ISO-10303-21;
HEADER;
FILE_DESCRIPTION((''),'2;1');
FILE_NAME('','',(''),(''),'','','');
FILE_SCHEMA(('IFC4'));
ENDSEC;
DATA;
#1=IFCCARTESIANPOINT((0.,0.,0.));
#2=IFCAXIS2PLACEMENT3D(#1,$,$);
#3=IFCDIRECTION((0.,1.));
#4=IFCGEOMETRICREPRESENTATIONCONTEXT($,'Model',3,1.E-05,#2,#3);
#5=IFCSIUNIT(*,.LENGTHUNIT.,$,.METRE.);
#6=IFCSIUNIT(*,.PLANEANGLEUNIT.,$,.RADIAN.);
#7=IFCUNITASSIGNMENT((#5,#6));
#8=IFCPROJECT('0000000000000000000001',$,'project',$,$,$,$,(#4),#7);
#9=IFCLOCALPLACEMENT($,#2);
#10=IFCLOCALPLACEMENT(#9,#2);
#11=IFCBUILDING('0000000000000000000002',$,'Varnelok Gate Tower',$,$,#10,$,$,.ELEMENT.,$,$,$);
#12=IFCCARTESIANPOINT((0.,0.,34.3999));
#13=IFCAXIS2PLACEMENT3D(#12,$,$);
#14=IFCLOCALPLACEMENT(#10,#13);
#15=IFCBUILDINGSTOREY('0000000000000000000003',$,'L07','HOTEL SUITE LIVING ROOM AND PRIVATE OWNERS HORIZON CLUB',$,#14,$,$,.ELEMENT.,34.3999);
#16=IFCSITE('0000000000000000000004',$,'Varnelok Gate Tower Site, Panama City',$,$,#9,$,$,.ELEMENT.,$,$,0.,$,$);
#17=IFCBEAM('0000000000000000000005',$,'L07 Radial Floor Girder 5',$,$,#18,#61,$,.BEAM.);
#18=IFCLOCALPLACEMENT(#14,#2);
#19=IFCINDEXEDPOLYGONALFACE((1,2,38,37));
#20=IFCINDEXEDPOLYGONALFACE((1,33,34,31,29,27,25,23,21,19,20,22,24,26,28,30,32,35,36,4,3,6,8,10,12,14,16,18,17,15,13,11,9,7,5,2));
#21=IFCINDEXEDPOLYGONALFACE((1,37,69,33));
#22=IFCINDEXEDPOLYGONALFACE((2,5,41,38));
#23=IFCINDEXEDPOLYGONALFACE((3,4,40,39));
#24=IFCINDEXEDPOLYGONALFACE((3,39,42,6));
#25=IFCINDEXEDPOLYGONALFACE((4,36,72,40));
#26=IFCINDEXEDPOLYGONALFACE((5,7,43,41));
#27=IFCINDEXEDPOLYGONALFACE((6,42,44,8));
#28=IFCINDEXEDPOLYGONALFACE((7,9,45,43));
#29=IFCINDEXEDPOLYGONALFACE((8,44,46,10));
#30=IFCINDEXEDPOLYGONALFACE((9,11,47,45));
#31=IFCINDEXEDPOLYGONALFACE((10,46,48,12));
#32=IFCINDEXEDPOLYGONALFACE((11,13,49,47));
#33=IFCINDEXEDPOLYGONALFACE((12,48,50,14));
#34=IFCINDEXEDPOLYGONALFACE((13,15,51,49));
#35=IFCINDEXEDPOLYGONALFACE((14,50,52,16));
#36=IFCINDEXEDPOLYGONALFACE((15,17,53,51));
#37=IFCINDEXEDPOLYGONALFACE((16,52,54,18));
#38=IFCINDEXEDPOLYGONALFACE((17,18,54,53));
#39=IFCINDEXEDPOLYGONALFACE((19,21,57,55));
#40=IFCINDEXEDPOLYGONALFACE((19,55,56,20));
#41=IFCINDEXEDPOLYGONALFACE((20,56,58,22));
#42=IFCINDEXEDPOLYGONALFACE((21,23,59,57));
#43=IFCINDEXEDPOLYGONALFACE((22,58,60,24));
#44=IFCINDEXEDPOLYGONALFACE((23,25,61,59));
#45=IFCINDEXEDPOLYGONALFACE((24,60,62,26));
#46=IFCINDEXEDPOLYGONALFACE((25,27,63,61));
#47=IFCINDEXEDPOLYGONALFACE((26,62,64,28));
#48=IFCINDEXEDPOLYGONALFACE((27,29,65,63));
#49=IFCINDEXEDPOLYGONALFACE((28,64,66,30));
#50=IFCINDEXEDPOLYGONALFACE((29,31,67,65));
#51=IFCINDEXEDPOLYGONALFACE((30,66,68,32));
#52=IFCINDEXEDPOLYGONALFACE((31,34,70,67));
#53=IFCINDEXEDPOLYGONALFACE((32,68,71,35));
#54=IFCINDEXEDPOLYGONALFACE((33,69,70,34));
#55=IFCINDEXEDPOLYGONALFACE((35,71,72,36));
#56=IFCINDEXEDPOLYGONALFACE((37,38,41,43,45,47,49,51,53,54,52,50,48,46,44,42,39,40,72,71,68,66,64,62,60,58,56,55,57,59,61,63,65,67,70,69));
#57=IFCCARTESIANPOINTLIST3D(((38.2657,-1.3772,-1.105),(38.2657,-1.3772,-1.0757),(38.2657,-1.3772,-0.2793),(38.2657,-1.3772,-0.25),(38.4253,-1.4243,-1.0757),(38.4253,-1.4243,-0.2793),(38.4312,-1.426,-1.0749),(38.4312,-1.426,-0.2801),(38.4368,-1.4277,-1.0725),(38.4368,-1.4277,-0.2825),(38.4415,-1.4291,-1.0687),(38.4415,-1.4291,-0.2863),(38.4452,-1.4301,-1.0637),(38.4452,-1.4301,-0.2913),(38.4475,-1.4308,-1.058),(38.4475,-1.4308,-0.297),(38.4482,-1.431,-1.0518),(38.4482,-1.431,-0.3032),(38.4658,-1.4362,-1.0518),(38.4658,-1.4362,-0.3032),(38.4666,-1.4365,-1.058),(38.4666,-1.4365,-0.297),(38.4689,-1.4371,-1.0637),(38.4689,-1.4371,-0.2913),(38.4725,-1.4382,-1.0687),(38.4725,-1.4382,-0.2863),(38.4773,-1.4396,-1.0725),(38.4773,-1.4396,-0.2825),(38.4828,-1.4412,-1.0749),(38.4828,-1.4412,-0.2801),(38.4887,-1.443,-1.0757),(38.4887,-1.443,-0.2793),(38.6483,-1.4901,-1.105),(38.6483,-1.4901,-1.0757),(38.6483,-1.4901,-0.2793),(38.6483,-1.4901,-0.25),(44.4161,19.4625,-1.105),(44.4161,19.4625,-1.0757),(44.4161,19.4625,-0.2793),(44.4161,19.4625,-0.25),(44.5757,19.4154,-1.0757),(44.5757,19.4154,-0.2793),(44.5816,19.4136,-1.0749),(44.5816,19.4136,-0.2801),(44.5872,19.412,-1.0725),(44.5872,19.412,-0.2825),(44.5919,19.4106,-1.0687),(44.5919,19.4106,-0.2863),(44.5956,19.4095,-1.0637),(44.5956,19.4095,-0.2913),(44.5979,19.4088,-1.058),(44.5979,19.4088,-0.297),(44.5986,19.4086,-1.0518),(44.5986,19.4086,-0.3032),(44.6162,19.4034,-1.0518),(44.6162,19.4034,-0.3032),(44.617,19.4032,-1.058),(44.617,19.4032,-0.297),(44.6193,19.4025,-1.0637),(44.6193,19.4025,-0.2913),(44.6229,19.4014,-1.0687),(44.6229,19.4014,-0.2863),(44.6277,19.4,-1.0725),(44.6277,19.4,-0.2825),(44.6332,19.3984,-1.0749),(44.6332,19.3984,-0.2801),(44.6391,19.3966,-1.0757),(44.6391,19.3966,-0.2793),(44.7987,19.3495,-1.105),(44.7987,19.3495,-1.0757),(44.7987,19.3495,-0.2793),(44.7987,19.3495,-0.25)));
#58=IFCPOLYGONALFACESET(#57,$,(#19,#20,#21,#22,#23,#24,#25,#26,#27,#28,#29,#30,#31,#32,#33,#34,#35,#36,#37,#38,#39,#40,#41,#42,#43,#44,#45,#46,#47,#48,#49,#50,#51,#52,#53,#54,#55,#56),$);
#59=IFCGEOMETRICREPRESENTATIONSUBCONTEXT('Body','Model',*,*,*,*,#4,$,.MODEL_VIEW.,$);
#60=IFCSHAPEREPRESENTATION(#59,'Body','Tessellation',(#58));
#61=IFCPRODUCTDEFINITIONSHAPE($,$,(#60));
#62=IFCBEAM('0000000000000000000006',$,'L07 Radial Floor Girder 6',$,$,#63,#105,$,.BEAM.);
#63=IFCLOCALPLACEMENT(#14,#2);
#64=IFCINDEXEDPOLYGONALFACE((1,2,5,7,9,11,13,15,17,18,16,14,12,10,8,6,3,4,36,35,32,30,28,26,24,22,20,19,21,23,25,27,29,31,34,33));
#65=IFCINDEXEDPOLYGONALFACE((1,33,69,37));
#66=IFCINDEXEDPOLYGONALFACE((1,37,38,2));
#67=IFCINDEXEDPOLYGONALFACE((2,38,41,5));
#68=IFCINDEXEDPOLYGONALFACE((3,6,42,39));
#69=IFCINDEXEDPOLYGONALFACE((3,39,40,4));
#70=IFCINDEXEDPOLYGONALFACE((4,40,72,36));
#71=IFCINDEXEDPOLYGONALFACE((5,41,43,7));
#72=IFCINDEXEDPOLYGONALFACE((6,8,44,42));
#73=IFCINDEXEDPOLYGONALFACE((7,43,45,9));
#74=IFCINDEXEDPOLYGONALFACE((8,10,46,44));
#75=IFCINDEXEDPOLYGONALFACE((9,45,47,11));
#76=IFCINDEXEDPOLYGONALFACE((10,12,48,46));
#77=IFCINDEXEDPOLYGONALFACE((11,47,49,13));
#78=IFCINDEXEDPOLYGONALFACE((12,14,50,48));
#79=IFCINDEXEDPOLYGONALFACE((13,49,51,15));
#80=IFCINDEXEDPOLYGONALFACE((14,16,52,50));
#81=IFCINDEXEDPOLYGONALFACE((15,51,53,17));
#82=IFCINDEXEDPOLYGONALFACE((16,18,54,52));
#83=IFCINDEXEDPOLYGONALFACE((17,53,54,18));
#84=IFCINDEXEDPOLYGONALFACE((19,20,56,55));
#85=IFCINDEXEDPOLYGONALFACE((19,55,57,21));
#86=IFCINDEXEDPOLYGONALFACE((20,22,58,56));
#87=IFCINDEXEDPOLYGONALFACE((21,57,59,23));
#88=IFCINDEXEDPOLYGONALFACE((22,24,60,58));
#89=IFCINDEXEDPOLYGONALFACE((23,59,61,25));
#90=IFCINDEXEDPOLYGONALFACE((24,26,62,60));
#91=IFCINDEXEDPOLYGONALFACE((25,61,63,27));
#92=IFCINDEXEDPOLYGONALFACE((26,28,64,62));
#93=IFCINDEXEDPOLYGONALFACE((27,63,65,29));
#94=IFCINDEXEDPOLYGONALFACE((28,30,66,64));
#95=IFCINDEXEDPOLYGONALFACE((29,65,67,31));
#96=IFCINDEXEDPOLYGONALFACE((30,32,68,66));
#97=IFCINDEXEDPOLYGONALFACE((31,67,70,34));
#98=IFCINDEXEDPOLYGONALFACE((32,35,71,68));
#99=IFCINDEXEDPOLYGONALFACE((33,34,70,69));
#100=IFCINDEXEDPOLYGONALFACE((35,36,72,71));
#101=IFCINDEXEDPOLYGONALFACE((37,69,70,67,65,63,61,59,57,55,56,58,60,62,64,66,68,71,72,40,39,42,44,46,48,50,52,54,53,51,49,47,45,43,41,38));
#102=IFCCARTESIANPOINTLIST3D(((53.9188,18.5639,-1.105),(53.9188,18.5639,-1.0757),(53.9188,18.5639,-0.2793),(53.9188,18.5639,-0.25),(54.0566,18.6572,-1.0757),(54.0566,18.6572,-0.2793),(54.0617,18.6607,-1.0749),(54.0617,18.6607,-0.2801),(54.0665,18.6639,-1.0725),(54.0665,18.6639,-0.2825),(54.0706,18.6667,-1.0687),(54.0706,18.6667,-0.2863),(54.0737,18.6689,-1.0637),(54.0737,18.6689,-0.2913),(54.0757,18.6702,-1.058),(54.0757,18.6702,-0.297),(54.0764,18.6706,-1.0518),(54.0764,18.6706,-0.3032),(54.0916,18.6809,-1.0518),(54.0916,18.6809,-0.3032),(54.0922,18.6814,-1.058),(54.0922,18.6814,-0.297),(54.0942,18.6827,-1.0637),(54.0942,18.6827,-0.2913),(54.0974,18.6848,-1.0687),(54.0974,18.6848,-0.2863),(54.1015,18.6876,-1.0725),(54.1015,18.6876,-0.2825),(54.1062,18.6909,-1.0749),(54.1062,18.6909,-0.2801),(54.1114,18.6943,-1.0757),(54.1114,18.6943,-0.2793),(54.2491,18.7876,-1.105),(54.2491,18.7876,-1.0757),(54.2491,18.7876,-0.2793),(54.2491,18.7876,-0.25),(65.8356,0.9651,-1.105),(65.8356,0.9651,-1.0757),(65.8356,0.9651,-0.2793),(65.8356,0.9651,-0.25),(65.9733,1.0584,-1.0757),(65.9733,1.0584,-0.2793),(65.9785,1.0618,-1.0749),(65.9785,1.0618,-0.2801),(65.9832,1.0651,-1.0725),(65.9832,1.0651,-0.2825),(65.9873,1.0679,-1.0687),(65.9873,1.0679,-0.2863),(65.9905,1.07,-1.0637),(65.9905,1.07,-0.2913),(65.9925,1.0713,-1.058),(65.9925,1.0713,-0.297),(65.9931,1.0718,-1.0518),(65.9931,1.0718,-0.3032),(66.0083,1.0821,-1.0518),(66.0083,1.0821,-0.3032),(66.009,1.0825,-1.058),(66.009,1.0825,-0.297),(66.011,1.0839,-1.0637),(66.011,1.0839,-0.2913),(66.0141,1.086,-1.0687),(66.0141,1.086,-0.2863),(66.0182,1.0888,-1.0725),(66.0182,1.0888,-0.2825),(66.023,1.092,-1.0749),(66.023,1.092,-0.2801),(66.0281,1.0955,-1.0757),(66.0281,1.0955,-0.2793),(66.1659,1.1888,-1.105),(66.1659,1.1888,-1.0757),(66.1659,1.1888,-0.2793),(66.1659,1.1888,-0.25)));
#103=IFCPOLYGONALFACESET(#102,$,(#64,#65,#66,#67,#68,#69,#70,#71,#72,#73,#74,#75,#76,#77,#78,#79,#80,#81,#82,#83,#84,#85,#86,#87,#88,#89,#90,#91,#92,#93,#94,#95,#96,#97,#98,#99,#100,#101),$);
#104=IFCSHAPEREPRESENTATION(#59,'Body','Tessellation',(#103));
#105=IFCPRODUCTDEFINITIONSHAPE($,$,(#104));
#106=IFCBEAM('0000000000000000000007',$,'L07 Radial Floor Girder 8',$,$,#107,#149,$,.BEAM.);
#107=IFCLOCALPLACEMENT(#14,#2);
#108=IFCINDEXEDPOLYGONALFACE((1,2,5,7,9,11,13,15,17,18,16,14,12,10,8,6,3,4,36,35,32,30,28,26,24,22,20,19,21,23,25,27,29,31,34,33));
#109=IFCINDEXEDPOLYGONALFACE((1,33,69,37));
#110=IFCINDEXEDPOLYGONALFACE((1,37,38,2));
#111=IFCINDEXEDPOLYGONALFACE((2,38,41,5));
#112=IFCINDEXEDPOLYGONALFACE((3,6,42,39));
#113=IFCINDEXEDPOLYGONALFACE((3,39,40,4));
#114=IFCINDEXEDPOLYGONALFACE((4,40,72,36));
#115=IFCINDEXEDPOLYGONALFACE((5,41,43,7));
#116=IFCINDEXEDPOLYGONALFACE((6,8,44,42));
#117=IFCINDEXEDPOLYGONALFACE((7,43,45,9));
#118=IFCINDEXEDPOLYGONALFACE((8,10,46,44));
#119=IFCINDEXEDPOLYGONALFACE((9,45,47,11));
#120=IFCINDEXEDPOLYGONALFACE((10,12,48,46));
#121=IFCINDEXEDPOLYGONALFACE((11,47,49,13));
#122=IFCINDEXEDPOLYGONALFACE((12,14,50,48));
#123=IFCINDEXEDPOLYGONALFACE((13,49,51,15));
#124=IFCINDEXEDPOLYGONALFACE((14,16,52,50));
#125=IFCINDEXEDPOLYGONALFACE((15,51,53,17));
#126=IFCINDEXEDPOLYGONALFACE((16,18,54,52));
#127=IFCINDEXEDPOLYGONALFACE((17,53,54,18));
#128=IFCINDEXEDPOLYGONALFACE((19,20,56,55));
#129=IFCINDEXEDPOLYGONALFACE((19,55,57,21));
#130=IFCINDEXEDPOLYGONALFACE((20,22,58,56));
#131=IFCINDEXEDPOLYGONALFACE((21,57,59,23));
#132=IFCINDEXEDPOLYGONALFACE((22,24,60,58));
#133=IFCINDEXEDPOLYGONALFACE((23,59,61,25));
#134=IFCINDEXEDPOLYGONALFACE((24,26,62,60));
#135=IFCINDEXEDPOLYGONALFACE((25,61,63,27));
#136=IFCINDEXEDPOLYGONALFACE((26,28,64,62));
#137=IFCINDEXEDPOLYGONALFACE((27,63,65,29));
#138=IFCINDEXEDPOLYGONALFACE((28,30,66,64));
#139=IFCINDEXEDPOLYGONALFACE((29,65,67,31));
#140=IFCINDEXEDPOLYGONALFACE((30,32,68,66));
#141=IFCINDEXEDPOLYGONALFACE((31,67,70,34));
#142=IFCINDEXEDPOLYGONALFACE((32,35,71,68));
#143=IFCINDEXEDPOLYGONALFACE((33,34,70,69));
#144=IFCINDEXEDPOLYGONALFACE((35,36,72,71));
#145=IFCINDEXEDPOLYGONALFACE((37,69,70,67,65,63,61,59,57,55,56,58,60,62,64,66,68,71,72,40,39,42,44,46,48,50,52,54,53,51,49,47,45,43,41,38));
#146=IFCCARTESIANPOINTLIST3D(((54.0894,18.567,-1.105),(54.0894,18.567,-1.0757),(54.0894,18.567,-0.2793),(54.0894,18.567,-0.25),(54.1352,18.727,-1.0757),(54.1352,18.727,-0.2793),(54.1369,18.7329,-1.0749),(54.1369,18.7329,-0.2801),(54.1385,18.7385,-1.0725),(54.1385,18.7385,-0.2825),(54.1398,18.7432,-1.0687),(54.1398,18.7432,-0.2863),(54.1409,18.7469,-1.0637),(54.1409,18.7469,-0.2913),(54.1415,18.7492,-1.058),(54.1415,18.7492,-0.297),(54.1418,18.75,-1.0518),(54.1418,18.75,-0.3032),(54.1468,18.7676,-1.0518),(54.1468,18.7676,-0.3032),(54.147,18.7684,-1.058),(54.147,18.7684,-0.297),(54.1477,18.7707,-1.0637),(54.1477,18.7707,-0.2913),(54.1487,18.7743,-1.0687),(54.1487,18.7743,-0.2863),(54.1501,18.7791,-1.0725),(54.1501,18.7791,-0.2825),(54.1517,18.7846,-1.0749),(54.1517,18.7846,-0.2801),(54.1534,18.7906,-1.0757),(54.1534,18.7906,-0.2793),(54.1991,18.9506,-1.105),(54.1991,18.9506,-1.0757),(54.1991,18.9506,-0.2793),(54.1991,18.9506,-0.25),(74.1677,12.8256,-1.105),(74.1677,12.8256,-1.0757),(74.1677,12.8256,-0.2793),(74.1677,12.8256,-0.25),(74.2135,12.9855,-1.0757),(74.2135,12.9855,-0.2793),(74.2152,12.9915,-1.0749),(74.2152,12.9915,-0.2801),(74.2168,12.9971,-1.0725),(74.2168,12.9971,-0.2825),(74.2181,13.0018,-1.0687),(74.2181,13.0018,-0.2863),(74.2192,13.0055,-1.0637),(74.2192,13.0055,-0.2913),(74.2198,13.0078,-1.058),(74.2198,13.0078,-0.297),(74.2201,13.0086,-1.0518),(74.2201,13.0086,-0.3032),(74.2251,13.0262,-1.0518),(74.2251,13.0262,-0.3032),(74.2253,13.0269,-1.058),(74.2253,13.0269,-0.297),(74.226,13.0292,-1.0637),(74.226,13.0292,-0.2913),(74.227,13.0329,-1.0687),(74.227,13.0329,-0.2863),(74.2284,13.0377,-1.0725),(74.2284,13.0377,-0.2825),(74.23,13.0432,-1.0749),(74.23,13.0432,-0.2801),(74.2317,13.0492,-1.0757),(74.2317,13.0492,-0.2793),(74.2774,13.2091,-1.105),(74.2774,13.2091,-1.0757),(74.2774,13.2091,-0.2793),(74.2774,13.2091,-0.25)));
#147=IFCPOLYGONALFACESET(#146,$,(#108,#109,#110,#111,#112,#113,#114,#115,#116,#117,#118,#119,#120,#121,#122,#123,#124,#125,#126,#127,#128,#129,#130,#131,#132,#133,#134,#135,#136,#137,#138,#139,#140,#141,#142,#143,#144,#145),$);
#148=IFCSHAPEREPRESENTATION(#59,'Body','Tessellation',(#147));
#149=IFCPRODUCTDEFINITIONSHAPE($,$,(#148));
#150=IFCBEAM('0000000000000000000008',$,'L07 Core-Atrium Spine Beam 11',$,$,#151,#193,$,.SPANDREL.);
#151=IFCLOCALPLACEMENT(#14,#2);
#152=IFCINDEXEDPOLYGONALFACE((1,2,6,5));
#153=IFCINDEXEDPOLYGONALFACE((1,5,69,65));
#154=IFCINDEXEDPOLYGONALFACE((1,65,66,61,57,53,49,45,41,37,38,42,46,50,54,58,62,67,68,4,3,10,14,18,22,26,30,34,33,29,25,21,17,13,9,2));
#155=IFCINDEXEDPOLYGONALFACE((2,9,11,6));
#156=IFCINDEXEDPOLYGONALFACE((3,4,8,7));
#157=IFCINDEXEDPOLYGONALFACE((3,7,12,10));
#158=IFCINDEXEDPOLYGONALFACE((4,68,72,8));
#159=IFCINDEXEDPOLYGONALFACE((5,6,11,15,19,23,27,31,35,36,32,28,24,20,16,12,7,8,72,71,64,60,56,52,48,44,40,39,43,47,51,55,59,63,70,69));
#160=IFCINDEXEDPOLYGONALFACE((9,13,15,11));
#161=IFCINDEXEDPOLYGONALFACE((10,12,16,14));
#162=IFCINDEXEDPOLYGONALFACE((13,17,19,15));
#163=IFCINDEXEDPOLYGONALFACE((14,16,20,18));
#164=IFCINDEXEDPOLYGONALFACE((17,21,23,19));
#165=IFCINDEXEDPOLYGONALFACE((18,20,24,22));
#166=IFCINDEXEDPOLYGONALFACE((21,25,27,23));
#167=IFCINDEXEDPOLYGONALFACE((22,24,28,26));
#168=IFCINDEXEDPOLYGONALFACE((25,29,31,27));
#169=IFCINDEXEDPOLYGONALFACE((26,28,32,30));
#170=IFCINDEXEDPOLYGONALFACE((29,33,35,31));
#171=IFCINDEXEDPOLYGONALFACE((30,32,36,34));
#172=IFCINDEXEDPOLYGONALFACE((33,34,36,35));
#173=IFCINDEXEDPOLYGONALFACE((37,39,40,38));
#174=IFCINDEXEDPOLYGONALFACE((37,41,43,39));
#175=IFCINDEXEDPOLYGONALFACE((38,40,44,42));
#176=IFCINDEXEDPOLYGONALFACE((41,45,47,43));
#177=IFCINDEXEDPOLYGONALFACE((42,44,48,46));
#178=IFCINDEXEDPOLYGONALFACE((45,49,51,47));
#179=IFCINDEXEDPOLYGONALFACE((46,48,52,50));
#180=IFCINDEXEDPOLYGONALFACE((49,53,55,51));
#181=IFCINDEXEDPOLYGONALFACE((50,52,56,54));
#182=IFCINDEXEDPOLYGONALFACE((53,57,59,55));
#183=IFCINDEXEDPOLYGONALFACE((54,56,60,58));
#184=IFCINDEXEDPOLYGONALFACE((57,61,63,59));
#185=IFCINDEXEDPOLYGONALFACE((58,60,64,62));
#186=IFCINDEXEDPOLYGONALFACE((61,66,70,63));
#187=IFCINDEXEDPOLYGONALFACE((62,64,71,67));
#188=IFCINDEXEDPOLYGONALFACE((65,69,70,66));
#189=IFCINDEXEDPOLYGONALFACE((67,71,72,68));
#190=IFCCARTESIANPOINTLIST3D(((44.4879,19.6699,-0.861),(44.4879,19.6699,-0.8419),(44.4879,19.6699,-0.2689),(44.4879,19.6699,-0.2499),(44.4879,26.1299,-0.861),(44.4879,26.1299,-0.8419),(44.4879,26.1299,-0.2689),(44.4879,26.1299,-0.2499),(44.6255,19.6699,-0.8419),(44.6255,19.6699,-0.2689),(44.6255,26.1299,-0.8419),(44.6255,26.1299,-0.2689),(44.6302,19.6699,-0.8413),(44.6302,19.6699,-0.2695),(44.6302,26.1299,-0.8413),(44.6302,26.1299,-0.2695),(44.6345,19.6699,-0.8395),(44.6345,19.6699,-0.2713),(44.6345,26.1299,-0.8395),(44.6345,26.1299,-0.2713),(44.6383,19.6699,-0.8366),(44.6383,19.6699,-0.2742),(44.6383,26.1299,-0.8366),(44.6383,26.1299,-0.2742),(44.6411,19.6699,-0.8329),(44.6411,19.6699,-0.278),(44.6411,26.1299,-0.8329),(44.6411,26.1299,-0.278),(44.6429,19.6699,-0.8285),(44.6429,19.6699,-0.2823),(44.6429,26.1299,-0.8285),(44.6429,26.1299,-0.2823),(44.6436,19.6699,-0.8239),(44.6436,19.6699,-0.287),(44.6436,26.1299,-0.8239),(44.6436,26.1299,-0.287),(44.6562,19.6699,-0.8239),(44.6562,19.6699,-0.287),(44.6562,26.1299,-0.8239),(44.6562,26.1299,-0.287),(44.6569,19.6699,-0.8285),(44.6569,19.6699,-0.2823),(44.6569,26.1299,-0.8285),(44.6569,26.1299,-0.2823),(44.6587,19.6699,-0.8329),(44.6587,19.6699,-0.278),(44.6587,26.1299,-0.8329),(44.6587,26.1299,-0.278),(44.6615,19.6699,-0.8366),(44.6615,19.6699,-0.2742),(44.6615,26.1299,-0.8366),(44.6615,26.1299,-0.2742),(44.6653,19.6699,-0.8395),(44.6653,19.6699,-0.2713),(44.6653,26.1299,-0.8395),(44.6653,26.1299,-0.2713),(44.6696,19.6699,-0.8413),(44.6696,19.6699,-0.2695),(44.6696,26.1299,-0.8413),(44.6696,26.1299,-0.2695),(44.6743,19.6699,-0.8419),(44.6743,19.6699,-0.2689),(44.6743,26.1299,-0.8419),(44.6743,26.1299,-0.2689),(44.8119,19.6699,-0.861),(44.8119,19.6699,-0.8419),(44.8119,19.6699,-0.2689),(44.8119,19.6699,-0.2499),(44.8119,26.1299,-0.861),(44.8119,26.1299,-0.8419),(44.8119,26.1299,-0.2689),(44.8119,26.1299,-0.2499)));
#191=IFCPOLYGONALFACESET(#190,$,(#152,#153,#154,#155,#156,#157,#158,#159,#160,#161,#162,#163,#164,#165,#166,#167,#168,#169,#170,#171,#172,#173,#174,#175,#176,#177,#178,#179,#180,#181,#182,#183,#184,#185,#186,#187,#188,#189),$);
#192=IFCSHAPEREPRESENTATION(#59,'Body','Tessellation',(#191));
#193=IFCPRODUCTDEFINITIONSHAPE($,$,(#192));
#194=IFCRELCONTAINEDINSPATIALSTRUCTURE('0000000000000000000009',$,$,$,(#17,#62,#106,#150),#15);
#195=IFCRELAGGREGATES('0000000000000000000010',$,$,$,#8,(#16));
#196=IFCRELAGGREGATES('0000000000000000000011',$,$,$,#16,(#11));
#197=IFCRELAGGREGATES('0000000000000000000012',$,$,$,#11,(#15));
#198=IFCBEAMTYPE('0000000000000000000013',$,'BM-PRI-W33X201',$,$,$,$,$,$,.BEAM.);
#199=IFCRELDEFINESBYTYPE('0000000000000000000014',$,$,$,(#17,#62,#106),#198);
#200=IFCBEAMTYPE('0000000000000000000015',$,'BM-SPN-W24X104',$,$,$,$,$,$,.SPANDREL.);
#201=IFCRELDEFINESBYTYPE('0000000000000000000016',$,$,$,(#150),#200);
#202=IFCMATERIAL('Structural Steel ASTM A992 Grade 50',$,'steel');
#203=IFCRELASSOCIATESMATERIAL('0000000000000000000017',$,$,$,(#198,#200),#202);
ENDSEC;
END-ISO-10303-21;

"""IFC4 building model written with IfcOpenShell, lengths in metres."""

from ifc_helpers import new_model, si_unit, direction, frame, origin, origin_2d, place, context, subcontext, project, spatial, i_section, extrude, material, material_profile, profile_set, type_object, element, save


model = new_model("IFC4")

# Units and contexts
model_context = context("Model", 3, precision=1e-05, world=origin(), true_north=direction((0.0, 1.0)))
body_context = subcontext(model_context, "Body", "Model", "MODEL_VIEW")
ifc_project = project(units=[si_unit("LENGTHUNIT", "METRE"), si_unit("PLANEANGLEUNIT", "RADIAN")], contexts=[model_context])

# Site, building, storey
site_placement = place(None, origin())
site = spatial("IfcSite", under=ifc_project, at=site_placement, Name="Varnelok Gate Tower Site, Panama City", CompositionType="ELEMENT", RefElevation=0.0)
building_placement = place(site_placement, origin())
building = spatial("IfcBuilding", under=site, at=building_placement, Name="Varnelok Gate Tower", CompositionType="ELEMENT")
storey_placement = place(building_placement, frame((0.0, 0.0, 34.3999)))
storey = spatial("IfcBuildingStorey", under=building, at=storey_placement, Name="L07", Description="HOTEL SUITE LIVING ROOM AND PRIVATE OWNERS HORIZON CLUB", CompositionType="ELEMENT", Elevation=34.3999)

# Shared definitions
ifc_material_1 = material(Name="Structural Steel ASTM A992 Grade 50", Category="steel")

# Beams
ifc_material_profile_1 = material_profile(ifc_material_1, i_section(OverallWidth=0.3989, OverallDepth=0.855, WebThickness=0.0183, FlangeThickness=0.0293, FilletRadius=0.0239, at=origin_2d()), Name="W33X201")
ifc_profile_set_1 = profile_set([ifc_material_profile_1], Name="Structural Steel ASTM A992 Grade 50")
beam_type_1 = type_object("IfcBeamType", Name="BM-PRI-W33X201", PredefinedType="BEAM", material=ifc_profile_set_1)
beam_1_placement = place(storey_placement, frame((44.6074, 19.406, -0.6775), z_axis=(-0.28306, -0.959102, 0.0), x_axis=(0.959102, -0.28306, 0.0)))
element("IfcBeam", 1, at=beam_1_placement, inside=storey, type_object=beam_type_1, Name="L07 Radial Floor Girder 5", PredefinedType="BEAM", context=body_context, shape_type="SweptSolid", body=[
    extrude(i_section(OverallWidth=0.3989, OverallDepth=0.855, WebThickness=0.0183, FlangeThickness=0.0293, FilletRadius=0.0239, at=origin_2d()), origin(), (0.0, 0.0, 1.0), 21.7283),
])
beam_2_placement = place(storey_placement, frame((54.084, 18.6758, -0.6775), z_axis=(0.560685, -0.828029, 0.0), x_axis=(0.828029, 0.560685, 0.0)))
element("IfcBeam", 2, at=beam_2_placement, inside=storey, type_object=beam_type_1, Name="L07 Radial Floor Girder 6", PredefinedType="BEAM", context=body_context, shape_type="SweptSolid", body=[
    extrude(i_section(OverallWidth=0.3989, OverallDepth=0.855, WebThickness=0.0183, FlangeThickness=0.0293, FilletRadius=0.0239, at=origin_2d()), origin(), (0.0, 0.0, 1.0), 21.2539),
])
beam_3_placement = place(storey_placement, frame((54.1443, 18.7588, -0.6775), z_axis=(0.961463, -0.274933, 0.0), x_axis=(0.274933, 0.961463, 0.0)))
element("IfcBeam", 3, at=beam_3_placement, inside=storey, type_object=beam_type_1, Name="L07 Radial Floor Girder 8", PredefinedType="BEAM", context=body_context, shape_type="SweptSolid", body=[
    extrude(i_section(OverallWidth=0.3989, OverallDepth=0.855, WebThickness=0.0183, FlangeThickness=0.0293, FilletRadius=0.0239, at=origin_2d()), origin(), (0.0, 0.0, 1.0), 20.8831),
])
ifc_material_profile_2 = material_profile(ifc_material_1, i_section(OverallWidth=0.324, OverallDepth=0.6111, WebThickness=0.0127, FlangeThickness=0.019, FilletRadius=0.0181, at=origin_2d()), Name="W24X104")
ifc_profile_set_2 = profile_set([ifc_material_profile_2], Name="Structural Steel ASTM A992 Grade 50")
beam_type_2 = type_object("IfcBeamType", Name="BM-SPN-W24X104", PredefinedType="SPANDREL", material=ifc_profile_set_2)
beam_4_placement = place(storey_placement, frame((44.6499, 19.6699, -0.5554), z_axis=(0.0, 1.0, 0.0), x_axis=(-1.0, 0.0, 0.0)))
element("IfcBeam", 4, at=beam_4_placement, inside=storey, type_object=beam_type_2, Name="L07 Core-Atrium Spine Beam 11", PredefinedType="SPANDREL", context=body_context, shape_type="SweptSolid", body=[
    extrude(i_section(OverallWidth=0.324, OverallDepth=0.6111, WebThickness=0.0127, FlangeThickness=0.019, FilletRadius=0.0181, at=origin_2d()), origin(), (0.0, 0.0, 1.0), 6.46),
])

save(model, "model.ifc")
